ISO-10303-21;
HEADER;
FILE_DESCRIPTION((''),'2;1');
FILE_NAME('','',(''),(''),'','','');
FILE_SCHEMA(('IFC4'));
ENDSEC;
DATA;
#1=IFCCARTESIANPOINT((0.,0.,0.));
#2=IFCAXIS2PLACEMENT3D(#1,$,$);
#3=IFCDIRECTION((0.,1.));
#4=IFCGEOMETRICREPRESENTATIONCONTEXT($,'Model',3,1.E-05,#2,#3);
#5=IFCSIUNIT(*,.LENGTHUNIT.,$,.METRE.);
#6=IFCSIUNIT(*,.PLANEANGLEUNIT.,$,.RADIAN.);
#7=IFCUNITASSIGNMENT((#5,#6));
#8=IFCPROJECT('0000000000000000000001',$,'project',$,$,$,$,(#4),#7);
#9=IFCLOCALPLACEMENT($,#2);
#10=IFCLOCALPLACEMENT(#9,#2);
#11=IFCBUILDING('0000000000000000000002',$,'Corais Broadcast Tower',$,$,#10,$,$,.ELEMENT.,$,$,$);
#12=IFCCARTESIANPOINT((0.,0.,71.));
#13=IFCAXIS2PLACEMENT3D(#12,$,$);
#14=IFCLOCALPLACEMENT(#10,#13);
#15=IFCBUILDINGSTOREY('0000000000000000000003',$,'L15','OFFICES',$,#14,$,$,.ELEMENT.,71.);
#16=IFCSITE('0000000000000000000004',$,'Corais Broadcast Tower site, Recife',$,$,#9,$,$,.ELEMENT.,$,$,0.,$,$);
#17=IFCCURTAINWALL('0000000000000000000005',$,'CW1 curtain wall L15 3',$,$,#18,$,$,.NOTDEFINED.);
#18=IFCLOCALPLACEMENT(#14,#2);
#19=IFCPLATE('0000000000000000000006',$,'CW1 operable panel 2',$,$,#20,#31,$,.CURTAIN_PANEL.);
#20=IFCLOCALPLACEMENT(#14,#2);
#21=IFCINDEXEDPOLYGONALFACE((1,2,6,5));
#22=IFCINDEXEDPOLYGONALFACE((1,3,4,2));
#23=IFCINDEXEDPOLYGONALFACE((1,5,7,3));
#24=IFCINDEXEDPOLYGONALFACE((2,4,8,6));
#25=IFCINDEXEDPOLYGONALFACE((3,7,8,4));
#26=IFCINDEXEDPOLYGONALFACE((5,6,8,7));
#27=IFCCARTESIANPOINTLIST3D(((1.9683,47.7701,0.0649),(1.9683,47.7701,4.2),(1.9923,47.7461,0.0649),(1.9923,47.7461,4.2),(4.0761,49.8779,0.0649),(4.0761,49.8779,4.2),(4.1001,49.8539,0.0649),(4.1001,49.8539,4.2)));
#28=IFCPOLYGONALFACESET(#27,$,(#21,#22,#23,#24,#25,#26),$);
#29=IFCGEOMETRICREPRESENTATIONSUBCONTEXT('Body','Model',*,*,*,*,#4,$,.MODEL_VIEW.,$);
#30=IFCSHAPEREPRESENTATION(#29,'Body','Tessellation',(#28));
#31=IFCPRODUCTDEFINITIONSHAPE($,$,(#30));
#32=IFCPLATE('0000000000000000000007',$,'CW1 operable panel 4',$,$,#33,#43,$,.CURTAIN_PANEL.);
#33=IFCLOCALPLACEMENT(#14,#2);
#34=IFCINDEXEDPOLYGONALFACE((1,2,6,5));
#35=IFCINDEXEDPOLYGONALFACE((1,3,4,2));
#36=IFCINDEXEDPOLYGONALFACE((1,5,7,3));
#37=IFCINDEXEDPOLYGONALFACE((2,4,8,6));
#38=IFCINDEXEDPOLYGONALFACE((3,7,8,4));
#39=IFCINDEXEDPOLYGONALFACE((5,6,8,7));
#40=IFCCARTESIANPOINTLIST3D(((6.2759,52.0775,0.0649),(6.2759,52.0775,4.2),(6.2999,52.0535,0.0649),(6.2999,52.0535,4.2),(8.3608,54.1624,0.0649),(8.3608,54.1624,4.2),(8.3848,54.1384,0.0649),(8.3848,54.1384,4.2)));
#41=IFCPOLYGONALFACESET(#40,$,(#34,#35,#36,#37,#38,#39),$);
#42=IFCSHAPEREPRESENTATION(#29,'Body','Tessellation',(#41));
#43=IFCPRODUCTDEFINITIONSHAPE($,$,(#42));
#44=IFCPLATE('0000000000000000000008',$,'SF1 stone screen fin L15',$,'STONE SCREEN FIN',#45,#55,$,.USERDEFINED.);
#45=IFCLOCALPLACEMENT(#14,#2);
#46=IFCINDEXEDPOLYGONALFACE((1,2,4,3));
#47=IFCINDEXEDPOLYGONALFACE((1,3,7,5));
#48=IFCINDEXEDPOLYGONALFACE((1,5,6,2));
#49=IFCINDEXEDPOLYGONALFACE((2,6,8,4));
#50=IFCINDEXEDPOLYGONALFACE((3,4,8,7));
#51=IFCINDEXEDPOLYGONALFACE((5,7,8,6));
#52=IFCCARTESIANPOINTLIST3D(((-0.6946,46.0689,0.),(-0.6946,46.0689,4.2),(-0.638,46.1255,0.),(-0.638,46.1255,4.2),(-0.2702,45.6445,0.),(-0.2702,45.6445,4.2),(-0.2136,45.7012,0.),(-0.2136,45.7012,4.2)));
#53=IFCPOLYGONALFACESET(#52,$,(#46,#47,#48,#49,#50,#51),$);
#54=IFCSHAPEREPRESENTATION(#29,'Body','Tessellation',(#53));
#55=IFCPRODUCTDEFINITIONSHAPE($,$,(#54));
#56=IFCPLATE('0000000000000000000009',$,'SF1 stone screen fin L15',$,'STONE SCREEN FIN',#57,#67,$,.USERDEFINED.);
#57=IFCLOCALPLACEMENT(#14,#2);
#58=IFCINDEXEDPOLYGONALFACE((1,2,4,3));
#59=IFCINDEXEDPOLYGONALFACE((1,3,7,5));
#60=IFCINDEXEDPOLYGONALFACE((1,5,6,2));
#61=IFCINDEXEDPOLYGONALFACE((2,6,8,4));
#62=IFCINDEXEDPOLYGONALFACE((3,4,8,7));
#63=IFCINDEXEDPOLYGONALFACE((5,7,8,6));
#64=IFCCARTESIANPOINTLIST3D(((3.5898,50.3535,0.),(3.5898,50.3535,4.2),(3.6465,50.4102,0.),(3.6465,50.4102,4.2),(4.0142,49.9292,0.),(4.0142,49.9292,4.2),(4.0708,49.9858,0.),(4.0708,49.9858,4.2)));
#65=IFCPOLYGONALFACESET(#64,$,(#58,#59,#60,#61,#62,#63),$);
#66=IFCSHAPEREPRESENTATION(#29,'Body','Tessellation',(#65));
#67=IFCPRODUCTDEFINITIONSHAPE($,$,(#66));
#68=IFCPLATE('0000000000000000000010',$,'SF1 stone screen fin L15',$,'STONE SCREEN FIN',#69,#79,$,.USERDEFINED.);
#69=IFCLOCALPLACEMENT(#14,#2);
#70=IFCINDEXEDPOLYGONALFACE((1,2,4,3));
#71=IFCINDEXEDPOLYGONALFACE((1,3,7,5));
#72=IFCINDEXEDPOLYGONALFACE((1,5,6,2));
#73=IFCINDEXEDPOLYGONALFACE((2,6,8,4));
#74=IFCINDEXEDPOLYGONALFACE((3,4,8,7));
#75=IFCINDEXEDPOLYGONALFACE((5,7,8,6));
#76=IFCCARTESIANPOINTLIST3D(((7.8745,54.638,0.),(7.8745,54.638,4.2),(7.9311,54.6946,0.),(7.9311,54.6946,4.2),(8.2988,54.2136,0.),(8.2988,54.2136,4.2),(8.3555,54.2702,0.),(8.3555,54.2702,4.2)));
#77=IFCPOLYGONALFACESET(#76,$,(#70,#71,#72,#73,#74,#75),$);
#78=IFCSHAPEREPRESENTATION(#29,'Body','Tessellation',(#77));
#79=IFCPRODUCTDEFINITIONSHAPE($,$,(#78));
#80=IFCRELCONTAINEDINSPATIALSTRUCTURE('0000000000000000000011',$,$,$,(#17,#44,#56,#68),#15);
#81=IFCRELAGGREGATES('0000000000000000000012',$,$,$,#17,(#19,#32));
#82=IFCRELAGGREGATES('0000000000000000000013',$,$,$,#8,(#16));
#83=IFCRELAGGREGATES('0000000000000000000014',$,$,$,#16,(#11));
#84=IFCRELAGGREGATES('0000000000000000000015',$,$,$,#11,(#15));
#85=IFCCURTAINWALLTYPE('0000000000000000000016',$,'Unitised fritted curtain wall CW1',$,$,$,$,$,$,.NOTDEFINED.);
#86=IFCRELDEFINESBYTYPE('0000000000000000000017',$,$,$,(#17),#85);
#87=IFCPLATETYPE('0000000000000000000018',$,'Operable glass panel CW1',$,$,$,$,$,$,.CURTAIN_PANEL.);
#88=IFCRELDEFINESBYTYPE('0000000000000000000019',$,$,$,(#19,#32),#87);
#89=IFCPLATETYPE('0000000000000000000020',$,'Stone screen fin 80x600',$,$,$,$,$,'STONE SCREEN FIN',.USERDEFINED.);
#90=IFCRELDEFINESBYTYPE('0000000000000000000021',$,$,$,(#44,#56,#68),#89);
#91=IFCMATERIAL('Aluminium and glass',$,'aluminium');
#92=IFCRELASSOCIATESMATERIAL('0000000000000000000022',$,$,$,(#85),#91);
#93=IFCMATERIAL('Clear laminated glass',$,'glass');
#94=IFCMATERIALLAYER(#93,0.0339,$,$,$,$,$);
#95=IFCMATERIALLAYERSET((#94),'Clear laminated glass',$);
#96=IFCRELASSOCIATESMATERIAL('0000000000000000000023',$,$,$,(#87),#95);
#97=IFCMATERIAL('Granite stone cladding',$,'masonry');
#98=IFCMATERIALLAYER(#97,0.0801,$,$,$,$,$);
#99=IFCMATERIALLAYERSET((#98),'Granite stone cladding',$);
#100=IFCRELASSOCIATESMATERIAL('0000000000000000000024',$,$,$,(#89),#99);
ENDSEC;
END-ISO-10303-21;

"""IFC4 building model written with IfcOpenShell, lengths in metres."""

from ifc_helpers import new_model, si_unit, direction, frame, origin, origin_2d, place, context, subcontext, project, spatial, rectangle, extrude, material, layer, layer_set, type_object, element, aggregate, save


model = new_model("IFC4")

# Units and contexts
model_context = context("Model", 3, precision=1e-05, world=origin(), true_north=direction((0.0, 1.0)))
body_context = subcontext(model_context, "Body", "Model", "MODEL_VIEW")
ifc_project = project(units=[si_unit("LENGTHUNIT", "METRE"), si_unit("PLANEANGLEUNIT", "RADIAN")], contexts=[model_context])

# Site, building, storey
site_placement = place(None, origin())
site = spatial("IfcSite", under=ifc_project, at=site_placement, Name="Corais Broadcast Tower site, Recife", CompositionType="ELEMENT", RefElevation=0.0)
building_placement = place(site_placement, origin())
building = spatial("IfcBuilding", under=site, at=building_placement, Name="Corais Broadcast Tower", CompositionType="ELEMENT")
storey_placement = place(building_placement, frame((0.0, 0.0, 71.0)))
storey = spatial("IfcBuildingStorey", under=building, at=storey_placement, Name="L15", Description="OFFICES", CompositionType="ELEMENT", Elevation=71.0)

# Shared definitions
ifc_material_1 = material(Name="Aluminium and glass", Category="aluminium")
curtain_wall_type = type_object("IfcCurtainWallType", Name="Unitised fritted curtain wall CW1", PredefinedType="NOTDEFINED", material=ifc_material_1)

# Curtain wall
curtain_wall_1_placement = place(storey_placement, origin())
curtain_wall_1 = element("IfcCurtainWall", 1, at=curtain_wall_1_placement, inside=storey, type_object=curtain_wall_type, Name="CW1 curtain wall L15 3", PredefinedType="NOTDEFINED")

# Plates
ifc_material_2 = material(Name="Clear laminated glass", Category="glass")
ifc_layer_1 = layer(ifc_material_2, 0.0339)
ifc_layer_set_1 = layer_set([ifc_layer_1], Name="Clear laminated glass")
plate_type_1 = type_object("IfcPlateType", Name="Operable glass panel CW1", PredefinedType="CURTAIN_PANEL", material=ifc_layer_set_1)
plate_1_placement = place(storey_placement, frame((3.0342, 48.812, 0.0649), z_axis=(0.0, 0.0, 1.0), x_axis=(0.707107, 0.707107, 0.0)))
plate_1 = element("IfcPlate", 2, at=plate_1_placement, type_object=plate_type_1, Name="CW1 operable panel 2", PredefinedType="CURTAIN_PANEL", context=body_context, shape_type="SweptSolid", body=[
    extrude(rectangle(XDim=2.981, YDim=0.0339, at=origin_2d()), origin(), (0.0, 0.0, 1.0), 4.135),
])
plate_2_placement = place(storey_placement, frame((7.3303, 53.1079, 0.0649), z_axis=(0.0, 0.0, 1.0), x_axis=(0.707107, 0.707107, 0.0)))
plate_2 = element("IfcPlate", 3, at=plate_2_placement, type_object=plate_type_1, Name="CW1 operable panel 4", PredefinedType="CURTAIN_PANEL", context=body_context, shape_type="SweptSolid", body=[
    extrude(rectangle(XDim=2.9485, YDim=0.0339, at=origin_2d()), origin(), (0.0, 0.0, 1.0), 4.135),
])
aggregate(curtain_wall_1, [plate_1, plate_2])

# Plates
ifc_material_3 = material(Name="Granite stone cladding", Category="masonry")
ifc_layer_2 = layer(ifc_material_3, 0.0801)
ifc_layer_set_2 = layer_set([ifc_layer_2], Name="Granite stone cladding")
plate_type_2 = type_object("IfcPlateType", Name="Stone screen fin 80x600", ElementType="STONE SCREEN FIN", PredefinedType="USERDEFINED", material=ifc_layer_set_2)
for number, where, z_axis, x_axis, name in (
    (4, (-0.4541, 45.885, 0.0), (0.0, 0.0, 1.0), (0.707107, 0.707107, 0.0), "SF1 stone screen fin L15"),
    (5, (3.8303, 50.1697, 0.0), (0.0, 0.0, 1.0), (0.707107, 0.707107, 0.0), "SF1 stone screen fin L15"),
    (6, (8.115, 54.4541, 0.0), (0.0, 0.0, 1.0), (0.707107, 0.707107, 0.0), "SF1 stone screen fin L15"),
):
    element("IfcPlate", number, at=place(storey_placement, frame(where, z_axis=z_axis, x_axis=x_axis)), inside=storey, type_object=plate_type_2, Name=name, ObjectType="STONE SCREEN FIN", PredefinedType="USERDEFINED", context=body_context, shape_type="SweptSolid", body=[
        extrude(rectangle(XDim=0.0801, YDim=0.6001, at=origin_2d()), origin(), (0.0, 0.0, 1.0), 4.2),
    ])

save(model, "model.ifc")
